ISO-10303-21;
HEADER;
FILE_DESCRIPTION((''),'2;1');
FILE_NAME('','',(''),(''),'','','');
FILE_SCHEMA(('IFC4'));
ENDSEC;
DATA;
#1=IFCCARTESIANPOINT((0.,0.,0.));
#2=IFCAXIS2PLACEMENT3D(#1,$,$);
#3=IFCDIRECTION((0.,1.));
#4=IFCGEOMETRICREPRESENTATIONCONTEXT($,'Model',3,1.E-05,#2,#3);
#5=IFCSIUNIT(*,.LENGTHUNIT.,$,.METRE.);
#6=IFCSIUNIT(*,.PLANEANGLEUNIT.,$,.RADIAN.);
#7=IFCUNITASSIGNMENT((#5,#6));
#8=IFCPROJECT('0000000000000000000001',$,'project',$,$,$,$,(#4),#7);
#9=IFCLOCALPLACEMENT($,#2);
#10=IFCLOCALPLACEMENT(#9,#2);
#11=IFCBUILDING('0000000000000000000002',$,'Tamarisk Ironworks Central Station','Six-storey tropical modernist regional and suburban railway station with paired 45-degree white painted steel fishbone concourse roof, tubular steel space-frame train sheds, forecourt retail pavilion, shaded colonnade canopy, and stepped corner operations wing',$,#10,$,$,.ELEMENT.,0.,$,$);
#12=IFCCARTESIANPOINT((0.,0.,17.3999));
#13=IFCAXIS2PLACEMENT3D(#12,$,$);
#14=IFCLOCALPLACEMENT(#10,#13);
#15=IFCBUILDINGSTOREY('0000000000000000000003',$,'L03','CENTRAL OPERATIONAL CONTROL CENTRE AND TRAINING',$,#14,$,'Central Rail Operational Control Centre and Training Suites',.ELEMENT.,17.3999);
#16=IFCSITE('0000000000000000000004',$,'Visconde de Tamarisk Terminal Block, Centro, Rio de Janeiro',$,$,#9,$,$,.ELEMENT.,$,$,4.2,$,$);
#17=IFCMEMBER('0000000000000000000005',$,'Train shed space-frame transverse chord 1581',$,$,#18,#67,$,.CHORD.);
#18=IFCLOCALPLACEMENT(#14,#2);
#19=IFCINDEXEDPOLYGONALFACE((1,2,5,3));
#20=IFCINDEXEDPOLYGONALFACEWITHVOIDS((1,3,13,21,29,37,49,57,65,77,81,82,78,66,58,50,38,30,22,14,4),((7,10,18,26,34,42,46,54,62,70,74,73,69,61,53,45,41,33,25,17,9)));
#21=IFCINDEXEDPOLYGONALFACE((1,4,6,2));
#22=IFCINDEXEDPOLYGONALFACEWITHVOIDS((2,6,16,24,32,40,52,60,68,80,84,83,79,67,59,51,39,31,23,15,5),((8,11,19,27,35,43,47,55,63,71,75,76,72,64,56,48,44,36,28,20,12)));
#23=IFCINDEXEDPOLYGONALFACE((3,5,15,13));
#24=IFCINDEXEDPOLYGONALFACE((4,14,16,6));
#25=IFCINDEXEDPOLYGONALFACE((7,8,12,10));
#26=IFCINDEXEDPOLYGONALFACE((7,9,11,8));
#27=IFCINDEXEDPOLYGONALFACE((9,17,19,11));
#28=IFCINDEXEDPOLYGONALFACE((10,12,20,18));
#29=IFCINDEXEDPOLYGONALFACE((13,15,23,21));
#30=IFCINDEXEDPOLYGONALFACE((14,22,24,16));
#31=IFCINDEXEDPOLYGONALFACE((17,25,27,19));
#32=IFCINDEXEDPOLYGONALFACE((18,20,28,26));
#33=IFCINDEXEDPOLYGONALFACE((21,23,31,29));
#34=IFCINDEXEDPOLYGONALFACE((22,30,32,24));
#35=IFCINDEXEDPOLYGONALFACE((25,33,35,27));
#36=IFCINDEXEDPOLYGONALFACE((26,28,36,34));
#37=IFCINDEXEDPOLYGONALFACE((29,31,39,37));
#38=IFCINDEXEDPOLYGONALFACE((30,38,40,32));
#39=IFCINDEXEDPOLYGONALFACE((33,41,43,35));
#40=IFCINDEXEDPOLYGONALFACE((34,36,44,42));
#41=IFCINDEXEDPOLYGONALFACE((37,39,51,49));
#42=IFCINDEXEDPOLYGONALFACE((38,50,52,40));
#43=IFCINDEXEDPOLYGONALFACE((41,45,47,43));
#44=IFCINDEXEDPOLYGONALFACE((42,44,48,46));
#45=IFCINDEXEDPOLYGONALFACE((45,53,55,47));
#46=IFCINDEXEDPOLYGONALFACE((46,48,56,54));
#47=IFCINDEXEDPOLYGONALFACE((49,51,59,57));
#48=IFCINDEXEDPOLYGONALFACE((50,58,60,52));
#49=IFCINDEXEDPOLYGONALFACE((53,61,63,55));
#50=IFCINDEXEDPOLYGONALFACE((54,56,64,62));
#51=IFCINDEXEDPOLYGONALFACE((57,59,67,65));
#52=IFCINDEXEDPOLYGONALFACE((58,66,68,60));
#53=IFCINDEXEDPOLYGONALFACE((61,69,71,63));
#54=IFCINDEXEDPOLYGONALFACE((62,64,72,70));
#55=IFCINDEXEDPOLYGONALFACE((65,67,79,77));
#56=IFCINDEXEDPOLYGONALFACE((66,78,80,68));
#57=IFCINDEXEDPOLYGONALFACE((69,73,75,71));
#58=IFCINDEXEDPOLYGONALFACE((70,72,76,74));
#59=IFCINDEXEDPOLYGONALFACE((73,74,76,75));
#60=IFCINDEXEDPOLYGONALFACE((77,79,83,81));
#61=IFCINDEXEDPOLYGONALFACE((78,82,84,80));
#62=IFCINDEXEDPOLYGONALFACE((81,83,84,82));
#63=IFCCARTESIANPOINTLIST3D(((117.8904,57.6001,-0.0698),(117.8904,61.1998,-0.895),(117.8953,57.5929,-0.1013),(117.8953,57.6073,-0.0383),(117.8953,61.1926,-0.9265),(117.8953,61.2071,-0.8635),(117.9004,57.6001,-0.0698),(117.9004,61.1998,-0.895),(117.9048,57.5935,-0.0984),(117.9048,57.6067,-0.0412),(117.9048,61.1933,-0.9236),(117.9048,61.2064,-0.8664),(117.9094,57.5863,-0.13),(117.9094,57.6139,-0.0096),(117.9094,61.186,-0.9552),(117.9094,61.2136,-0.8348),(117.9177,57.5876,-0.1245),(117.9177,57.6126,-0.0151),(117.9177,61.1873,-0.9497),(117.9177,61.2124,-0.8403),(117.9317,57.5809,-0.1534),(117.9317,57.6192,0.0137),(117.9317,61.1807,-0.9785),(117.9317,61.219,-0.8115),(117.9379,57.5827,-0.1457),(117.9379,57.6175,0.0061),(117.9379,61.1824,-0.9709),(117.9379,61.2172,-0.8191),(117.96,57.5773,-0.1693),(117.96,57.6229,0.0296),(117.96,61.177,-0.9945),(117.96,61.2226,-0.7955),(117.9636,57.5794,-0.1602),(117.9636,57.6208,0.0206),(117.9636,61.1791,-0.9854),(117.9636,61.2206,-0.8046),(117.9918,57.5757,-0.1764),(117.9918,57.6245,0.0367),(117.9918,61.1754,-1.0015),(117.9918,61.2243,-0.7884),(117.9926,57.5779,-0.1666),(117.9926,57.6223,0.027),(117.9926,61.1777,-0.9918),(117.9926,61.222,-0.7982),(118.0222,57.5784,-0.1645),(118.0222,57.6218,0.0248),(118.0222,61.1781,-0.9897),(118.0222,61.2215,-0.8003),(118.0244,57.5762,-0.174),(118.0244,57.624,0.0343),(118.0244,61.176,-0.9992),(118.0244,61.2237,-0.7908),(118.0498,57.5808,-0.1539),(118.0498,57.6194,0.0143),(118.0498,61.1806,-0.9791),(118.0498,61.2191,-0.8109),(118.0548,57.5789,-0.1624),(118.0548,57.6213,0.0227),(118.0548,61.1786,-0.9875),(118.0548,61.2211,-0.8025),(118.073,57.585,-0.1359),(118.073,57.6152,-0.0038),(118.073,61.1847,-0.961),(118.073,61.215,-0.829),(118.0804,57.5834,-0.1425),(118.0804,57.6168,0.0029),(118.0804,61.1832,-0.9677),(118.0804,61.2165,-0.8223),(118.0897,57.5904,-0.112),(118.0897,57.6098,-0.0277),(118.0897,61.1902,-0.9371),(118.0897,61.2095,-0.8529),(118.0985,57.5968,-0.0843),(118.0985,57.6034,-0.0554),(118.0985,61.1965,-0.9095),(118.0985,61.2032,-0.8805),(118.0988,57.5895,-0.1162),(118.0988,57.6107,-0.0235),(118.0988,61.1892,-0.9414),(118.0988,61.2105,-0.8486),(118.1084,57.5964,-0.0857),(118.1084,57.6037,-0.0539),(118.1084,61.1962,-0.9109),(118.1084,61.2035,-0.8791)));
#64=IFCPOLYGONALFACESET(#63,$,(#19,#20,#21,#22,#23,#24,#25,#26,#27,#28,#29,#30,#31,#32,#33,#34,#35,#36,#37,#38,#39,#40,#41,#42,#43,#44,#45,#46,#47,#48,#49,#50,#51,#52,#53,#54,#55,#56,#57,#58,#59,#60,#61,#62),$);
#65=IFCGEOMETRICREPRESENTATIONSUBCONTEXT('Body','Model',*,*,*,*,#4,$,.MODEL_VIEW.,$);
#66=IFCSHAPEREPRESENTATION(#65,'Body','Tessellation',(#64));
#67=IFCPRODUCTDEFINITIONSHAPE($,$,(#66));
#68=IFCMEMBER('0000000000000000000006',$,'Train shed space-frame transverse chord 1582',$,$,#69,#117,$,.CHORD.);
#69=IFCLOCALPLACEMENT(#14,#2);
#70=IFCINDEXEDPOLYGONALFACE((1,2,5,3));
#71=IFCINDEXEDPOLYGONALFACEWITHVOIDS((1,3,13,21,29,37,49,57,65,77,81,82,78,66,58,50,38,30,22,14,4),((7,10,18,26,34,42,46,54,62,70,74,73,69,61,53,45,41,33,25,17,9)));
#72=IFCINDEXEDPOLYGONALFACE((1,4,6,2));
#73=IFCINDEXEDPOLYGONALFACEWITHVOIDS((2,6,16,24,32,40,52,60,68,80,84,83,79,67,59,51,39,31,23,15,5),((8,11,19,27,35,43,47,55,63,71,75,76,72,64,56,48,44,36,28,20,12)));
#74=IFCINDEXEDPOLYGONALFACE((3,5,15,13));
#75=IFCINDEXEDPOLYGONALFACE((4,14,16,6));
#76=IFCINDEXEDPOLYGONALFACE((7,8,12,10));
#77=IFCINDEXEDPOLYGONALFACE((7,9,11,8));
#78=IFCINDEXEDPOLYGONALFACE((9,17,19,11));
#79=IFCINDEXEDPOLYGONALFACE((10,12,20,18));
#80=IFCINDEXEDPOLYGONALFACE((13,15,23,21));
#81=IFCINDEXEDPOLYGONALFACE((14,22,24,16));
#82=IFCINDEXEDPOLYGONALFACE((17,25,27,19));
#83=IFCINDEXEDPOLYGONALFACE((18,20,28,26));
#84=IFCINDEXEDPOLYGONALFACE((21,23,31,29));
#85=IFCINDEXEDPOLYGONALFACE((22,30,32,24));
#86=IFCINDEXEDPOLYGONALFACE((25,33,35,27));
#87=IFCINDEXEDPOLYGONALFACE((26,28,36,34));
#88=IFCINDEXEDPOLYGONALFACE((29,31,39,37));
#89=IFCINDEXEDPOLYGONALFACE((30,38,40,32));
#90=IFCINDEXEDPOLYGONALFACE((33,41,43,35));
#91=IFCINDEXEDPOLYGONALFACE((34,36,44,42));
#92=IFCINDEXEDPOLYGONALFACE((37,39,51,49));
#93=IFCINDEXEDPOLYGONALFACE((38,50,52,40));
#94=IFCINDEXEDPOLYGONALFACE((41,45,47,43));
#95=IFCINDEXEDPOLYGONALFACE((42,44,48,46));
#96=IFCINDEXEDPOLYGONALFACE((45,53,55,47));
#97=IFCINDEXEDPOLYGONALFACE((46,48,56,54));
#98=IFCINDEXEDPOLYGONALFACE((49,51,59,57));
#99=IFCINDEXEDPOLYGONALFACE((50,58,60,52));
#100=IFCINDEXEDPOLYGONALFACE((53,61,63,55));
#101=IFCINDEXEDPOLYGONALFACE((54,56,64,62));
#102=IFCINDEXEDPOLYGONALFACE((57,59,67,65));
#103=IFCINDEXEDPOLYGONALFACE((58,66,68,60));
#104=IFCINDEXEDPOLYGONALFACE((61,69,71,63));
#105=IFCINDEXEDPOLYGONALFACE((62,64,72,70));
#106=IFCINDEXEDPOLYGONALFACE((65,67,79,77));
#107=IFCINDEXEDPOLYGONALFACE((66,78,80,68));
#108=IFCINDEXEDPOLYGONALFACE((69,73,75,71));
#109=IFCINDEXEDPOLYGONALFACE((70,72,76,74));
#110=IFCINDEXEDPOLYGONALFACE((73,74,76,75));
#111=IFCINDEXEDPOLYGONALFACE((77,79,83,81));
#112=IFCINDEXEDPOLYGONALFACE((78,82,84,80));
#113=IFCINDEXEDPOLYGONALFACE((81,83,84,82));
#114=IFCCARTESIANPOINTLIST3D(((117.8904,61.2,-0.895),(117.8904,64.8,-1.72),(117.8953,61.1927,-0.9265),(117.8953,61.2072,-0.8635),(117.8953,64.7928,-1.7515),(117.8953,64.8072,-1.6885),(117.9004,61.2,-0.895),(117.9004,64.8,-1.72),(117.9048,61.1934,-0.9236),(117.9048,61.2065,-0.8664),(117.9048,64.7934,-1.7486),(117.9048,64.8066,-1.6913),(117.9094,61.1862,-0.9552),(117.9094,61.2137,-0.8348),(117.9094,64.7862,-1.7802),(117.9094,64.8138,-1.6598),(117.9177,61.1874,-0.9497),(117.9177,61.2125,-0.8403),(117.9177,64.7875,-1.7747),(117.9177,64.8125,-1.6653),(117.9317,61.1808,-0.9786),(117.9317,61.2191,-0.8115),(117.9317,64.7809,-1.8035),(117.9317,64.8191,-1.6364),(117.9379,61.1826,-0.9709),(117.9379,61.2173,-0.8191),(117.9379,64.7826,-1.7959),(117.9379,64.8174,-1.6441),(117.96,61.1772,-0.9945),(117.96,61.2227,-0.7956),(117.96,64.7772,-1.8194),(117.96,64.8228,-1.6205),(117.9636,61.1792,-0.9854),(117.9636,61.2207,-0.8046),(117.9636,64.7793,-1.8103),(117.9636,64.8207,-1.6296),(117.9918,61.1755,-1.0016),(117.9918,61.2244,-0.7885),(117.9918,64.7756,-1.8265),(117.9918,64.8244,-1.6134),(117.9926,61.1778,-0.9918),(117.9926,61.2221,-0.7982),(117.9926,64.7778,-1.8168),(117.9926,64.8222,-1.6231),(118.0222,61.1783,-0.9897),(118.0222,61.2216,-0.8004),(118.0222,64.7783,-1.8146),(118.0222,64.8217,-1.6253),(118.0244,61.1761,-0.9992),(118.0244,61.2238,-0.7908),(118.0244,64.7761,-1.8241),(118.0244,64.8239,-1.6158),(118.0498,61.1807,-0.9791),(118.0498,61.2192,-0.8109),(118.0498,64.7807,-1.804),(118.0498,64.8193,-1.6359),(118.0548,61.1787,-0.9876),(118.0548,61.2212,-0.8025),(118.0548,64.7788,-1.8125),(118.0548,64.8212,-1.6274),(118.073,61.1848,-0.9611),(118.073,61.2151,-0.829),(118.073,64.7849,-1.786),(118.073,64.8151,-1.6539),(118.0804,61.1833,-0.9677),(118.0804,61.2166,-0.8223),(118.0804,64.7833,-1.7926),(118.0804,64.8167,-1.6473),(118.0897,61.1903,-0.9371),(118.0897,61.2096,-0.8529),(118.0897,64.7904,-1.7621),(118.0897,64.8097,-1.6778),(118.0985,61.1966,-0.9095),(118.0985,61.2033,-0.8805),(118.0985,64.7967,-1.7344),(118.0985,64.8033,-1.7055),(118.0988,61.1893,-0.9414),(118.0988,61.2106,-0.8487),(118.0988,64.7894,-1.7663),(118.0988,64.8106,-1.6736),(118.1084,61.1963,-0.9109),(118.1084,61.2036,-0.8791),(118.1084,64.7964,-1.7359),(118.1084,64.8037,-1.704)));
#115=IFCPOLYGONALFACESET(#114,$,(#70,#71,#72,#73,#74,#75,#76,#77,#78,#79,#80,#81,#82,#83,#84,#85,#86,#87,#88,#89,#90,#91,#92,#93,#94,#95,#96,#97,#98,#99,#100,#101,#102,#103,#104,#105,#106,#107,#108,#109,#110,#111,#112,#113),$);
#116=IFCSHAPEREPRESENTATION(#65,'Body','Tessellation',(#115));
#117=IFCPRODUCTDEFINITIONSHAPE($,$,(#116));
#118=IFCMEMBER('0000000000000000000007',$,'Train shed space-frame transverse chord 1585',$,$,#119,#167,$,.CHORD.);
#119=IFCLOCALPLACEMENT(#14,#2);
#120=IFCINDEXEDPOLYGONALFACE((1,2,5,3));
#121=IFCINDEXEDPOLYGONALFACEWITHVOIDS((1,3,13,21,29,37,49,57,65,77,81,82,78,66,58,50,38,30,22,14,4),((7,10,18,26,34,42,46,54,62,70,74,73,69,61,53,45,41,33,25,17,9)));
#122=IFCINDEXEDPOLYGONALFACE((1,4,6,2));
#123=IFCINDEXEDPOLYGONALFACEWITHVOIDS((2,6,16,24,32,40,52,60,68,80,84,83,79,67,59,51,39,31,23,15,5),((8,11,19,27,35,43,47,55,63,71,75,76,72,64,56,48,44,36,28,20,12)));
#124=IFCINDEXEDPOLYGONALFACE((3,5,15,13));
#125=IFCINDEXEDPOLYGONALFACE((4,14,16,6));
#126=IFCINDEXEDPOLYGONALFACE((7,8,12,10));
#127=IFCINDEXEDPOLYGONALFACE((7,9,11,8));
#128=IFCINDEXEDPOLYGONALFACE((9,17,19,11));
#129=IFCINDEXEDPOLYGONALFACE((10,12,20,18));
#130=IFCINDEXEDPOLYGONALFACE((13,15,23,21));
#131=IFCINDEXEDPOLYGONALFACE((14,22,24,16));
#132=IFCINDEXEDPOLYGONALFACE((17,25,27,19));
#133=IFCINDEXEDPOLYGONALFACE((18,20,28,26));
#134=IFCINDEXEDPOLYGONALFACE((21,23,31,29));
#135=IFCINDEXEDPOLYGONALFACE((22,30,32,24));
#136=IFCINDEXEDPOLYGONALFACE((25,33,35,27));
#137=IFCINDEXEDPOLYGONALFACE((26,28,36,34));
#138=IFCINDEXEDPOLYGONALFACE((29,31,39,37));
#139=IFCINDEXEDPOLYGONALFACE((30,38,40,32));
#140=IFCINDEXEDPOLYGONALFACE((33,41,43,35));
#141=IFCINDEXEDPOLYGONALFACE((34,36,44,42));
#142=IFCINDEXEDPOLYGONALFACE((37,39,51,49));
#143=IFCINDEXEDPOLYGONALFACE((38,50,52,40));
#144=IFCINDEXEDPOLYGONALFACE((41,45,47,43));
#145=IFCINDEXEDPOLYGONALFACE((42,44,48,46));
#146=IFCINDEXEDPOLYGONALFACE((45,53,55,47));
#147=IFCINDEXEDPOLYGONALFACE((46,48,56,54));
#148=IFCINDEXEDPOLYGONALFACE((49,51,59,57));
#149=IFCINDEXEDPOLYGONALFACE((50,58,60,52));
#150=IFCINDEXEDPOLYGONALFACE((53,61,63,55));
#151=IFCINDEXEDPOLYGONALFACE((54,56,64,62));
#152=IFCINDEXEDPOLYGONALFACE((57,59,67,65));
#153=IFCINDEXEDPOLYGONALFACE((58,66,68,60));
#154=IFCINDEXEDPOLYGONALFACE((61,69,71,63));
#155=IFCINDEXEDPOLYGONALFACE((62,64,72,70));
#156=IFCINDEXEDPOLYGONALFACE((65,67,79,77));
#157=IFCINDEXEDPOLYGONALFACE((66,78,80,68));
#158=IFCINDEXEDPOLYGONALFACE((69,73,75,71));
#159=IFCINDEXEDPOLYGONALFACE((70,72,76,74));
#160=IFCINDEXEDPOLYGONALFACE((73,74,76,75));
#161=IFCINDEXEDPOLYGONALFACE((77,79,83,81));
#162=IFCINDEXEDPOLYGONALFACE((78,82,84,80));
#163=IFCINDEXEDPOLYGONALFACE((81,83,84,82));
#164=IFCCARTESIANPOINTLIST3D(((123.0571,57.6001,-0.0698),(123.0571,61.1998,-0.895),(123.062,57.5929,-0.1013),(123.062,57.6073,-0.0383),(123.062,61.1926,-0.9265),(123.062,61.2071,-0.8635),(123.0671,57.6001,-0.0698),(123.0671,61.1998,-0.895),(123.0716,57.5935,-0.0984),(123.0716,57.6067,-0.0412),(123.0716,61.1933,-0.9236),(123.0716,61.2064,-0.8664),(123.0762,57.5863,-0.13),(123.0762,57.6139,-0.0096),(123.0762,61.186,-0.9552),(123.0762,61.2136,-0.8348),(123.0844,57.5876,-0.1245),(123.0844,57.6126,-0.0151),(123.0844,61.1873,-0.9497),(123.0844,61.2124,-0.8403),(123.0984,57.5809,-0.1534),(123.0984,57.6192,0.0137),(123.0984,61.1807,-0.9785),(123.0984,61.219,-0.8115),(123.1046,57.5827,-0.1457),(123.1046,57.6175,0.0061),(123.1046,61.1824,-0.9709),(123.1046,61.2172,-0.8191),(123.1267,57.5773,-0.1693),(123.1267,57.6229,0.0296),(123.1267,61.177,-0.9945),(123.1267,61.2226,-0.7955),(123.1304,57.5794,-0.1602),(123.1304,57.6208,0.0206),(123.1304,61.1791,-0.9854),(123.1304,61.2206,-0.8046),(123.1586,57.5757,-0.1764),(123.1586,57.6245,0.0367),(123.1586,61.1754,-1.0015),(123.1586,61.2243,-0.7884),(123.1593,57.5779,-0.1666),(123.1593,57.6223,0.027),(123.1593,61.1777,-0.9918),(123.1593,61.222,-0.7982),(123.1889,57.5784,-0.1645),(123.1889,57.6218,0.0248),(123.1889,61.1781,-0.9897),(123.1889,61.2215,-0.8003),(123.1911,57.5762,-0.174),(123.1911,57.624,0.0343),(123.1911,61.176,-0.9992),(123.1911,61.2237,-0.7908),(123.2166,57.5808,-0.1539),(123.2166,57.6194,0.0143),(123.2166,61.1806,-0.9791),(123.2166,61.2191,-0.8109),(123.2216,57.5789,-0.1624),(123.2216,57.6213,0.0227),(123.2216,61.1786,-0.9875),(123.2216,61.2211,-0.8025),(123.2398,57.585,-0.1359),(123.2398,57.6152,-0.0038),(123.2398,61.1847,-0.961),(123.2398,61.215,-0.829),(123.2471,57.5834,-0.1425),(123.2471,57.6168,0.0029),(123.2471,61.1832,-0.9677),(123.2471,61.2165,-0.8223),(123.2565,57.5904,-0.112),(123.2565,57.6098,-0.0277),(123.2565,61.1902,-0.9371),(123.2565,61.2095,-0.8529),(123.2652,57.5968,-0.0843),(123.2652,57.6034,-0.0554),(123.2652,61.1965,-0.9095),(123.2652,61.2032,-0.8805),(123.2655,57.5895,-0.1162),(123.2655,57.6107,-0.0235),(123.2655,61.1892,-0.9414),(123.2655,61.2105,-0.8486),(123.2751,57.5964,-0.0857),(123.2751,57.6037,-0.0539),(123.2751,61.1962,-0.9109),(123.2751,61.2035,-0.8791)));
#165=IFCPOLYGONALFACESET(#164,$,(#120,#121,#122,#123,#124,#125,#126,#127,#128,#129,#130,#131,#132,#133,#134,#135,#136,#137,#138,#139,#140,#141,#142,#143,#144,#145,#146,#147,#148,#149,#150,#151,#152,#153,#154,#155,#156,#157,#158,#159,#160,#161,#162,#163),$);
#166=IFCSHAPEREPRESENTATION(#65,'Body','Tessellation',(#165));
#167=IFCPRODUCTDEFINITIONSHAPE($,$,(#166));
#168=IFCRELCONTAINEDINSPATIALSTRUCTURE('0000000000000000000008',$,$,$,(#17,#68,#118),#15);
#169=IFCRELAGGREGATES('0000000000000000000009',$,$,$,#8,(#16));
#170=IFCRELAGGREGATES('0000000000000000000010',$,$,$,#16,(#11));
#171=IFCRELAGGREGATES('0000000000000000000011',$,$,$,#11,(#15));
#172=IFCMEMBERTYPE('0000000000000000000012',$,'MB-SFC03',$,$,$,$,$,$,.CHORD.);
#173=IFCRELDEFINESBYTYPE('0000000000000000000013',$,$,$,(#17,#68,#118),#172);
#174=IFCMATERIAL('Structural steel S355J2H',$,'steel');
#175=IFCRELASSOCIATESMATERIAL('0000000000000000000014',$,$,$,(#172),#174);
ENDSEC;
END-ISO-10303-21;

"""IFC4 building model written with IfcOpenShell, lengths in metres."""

from ifc_helpers import new_model, si_unit, direction, frame, origin, origin_2d, place, context, subcontext, project, spatial, hollow_circle, extrude, material, material_profile, profile_set, type_object, element, save


model = new_model("IFC4")

# Units and contexts
model_context = context("Model", 3, precision=1e-05, world=origin(), true_north=direction((0.0, 1.0)))
body_context = subcontext(model_context, "Body", "Model", "MODEL_VIEW")
ifc_project = project(units=[si_unit("LENGTHUNIT", "METRE"), si_unit("PLANEANGLEUNIT", "RADIAN")], contexts=[model_context])

# Site, building, storey
site_placement = place(None, origin())
site = spatial("IfcSite", under=ifc_project, at=site_placement, Name="Visconde de Tamarisk Terminal Block, Centro, Rio de Janeiro", CompositionType="ELEMENT", RefElevation=4.2)
building_placement = place(site_placement, origin())
building = spatial("IfcBuilding", under=site, at=building_placement, Name="Tamarisk Ironworks Central Station", Description="Six-storey tropical modernist regional and suburban railway station with paired 45-degree white painted steel fishbone concourse roof, tubular steel space-frame train sheds, forecourt retail pavilion, shaded colonnade canopy, and stepped corner operations wing", CompositionType="ELEMENT", ElevationOfRefHeight=0.0)
storey_placement = place(building_placement, frame((0.0, 0.0, 17.3999)))
storey = spatial("IfcBuildingStorey", under=building, at=storey_placement, Name="L03", Description="CENTRAL OPERATIONAL CONTROL CENTRE AND TRAINING", LongName="Central Rail Operational Control Centre and Training Suites", CompositionType="ELEMENT", Elevation=17.3999)

# Members
ifc_material_1 = material(Name="Structural steel S355J2H", Category="steel")
ifc_material_profile_1 = material_profile(ifc_material_1, hollow_circle(Radius=0.1096, WallThickness=0.01, at=origin_2d()), Name="CHS 219.1x10")
ifc_profile_set_1 = profile_set([ifc_material_profile_1], Name="Structural steel S355J2H")
member_type_1 = type_object("IfcMemberType", Name="MB-SFC03", PredefinedType="CHORD", material=ifc_profile_set_1)
member_1_placement = place(storey_placement, frame((118.0, 57.6001, -0.0698), z_axis=(0.0, 0.974719, -0.223435), x_axis=(-1.0, 0.0, 0.0)))
element("IfcMember", 1, at=member_1_placement, inside=storey, type_object=member_type_1, Name="Train shed space-frame transverse chord 1581", PredefinedType="CHORD", context=body_context, shape_type="SweptSolid", body=[
    extrude(hollow_circle(Radius=0.1096, WallThickness=0.01, at=origin_2d()), origin(), (0.0, 0.0, 1.0), 3.6931),
])
member_2_placement = place(storey_placement, frame((118.0, 61.2, -0.895), z_axis=(0.0, 0.974737, -0.223358), x_axis=(-1.0, 0.0, 0.0)))
element("IfcMember", 2, at=member_2_placement, inside=storey, type_object=member_type_1, Name="Train shed space-frame transverse chord 1582", PredefinedType="CHORD", context=body_context, shape_type="SweptSolid", body=[
    extrude(hollow_circle(Radius=0.1096, WallThickness=0.01, at=origin_2d()), origin(), (0.0, 0.0, 1.0), 3.6934),
])
for number, where, z_axis, x_axis, name in (
    (3, (123.1667, 57.6001, -0.0698), (0.0, 0.974719, -0.223435), (-1.0, 0.0, 0.0), "Train shed space-frame transverse chord 1585"),
):
    element("IfcMember", number, at=place(storey_placement, frame(where, z_axis=z_axis, x_axis=x_axis)), inside=storey, type_object=member_type_1, Name=name, PredefinedType="CHORD", context=body_context, shape_type="SweptSolid", body=[
        extrude(hollow_circle(Radius=0.1096, WallThickness=0.01, at=origin_2d()), origin(), (0.0, 0.0, 1.0), 3.6931),
    ])

save(model, "model.ifc")
